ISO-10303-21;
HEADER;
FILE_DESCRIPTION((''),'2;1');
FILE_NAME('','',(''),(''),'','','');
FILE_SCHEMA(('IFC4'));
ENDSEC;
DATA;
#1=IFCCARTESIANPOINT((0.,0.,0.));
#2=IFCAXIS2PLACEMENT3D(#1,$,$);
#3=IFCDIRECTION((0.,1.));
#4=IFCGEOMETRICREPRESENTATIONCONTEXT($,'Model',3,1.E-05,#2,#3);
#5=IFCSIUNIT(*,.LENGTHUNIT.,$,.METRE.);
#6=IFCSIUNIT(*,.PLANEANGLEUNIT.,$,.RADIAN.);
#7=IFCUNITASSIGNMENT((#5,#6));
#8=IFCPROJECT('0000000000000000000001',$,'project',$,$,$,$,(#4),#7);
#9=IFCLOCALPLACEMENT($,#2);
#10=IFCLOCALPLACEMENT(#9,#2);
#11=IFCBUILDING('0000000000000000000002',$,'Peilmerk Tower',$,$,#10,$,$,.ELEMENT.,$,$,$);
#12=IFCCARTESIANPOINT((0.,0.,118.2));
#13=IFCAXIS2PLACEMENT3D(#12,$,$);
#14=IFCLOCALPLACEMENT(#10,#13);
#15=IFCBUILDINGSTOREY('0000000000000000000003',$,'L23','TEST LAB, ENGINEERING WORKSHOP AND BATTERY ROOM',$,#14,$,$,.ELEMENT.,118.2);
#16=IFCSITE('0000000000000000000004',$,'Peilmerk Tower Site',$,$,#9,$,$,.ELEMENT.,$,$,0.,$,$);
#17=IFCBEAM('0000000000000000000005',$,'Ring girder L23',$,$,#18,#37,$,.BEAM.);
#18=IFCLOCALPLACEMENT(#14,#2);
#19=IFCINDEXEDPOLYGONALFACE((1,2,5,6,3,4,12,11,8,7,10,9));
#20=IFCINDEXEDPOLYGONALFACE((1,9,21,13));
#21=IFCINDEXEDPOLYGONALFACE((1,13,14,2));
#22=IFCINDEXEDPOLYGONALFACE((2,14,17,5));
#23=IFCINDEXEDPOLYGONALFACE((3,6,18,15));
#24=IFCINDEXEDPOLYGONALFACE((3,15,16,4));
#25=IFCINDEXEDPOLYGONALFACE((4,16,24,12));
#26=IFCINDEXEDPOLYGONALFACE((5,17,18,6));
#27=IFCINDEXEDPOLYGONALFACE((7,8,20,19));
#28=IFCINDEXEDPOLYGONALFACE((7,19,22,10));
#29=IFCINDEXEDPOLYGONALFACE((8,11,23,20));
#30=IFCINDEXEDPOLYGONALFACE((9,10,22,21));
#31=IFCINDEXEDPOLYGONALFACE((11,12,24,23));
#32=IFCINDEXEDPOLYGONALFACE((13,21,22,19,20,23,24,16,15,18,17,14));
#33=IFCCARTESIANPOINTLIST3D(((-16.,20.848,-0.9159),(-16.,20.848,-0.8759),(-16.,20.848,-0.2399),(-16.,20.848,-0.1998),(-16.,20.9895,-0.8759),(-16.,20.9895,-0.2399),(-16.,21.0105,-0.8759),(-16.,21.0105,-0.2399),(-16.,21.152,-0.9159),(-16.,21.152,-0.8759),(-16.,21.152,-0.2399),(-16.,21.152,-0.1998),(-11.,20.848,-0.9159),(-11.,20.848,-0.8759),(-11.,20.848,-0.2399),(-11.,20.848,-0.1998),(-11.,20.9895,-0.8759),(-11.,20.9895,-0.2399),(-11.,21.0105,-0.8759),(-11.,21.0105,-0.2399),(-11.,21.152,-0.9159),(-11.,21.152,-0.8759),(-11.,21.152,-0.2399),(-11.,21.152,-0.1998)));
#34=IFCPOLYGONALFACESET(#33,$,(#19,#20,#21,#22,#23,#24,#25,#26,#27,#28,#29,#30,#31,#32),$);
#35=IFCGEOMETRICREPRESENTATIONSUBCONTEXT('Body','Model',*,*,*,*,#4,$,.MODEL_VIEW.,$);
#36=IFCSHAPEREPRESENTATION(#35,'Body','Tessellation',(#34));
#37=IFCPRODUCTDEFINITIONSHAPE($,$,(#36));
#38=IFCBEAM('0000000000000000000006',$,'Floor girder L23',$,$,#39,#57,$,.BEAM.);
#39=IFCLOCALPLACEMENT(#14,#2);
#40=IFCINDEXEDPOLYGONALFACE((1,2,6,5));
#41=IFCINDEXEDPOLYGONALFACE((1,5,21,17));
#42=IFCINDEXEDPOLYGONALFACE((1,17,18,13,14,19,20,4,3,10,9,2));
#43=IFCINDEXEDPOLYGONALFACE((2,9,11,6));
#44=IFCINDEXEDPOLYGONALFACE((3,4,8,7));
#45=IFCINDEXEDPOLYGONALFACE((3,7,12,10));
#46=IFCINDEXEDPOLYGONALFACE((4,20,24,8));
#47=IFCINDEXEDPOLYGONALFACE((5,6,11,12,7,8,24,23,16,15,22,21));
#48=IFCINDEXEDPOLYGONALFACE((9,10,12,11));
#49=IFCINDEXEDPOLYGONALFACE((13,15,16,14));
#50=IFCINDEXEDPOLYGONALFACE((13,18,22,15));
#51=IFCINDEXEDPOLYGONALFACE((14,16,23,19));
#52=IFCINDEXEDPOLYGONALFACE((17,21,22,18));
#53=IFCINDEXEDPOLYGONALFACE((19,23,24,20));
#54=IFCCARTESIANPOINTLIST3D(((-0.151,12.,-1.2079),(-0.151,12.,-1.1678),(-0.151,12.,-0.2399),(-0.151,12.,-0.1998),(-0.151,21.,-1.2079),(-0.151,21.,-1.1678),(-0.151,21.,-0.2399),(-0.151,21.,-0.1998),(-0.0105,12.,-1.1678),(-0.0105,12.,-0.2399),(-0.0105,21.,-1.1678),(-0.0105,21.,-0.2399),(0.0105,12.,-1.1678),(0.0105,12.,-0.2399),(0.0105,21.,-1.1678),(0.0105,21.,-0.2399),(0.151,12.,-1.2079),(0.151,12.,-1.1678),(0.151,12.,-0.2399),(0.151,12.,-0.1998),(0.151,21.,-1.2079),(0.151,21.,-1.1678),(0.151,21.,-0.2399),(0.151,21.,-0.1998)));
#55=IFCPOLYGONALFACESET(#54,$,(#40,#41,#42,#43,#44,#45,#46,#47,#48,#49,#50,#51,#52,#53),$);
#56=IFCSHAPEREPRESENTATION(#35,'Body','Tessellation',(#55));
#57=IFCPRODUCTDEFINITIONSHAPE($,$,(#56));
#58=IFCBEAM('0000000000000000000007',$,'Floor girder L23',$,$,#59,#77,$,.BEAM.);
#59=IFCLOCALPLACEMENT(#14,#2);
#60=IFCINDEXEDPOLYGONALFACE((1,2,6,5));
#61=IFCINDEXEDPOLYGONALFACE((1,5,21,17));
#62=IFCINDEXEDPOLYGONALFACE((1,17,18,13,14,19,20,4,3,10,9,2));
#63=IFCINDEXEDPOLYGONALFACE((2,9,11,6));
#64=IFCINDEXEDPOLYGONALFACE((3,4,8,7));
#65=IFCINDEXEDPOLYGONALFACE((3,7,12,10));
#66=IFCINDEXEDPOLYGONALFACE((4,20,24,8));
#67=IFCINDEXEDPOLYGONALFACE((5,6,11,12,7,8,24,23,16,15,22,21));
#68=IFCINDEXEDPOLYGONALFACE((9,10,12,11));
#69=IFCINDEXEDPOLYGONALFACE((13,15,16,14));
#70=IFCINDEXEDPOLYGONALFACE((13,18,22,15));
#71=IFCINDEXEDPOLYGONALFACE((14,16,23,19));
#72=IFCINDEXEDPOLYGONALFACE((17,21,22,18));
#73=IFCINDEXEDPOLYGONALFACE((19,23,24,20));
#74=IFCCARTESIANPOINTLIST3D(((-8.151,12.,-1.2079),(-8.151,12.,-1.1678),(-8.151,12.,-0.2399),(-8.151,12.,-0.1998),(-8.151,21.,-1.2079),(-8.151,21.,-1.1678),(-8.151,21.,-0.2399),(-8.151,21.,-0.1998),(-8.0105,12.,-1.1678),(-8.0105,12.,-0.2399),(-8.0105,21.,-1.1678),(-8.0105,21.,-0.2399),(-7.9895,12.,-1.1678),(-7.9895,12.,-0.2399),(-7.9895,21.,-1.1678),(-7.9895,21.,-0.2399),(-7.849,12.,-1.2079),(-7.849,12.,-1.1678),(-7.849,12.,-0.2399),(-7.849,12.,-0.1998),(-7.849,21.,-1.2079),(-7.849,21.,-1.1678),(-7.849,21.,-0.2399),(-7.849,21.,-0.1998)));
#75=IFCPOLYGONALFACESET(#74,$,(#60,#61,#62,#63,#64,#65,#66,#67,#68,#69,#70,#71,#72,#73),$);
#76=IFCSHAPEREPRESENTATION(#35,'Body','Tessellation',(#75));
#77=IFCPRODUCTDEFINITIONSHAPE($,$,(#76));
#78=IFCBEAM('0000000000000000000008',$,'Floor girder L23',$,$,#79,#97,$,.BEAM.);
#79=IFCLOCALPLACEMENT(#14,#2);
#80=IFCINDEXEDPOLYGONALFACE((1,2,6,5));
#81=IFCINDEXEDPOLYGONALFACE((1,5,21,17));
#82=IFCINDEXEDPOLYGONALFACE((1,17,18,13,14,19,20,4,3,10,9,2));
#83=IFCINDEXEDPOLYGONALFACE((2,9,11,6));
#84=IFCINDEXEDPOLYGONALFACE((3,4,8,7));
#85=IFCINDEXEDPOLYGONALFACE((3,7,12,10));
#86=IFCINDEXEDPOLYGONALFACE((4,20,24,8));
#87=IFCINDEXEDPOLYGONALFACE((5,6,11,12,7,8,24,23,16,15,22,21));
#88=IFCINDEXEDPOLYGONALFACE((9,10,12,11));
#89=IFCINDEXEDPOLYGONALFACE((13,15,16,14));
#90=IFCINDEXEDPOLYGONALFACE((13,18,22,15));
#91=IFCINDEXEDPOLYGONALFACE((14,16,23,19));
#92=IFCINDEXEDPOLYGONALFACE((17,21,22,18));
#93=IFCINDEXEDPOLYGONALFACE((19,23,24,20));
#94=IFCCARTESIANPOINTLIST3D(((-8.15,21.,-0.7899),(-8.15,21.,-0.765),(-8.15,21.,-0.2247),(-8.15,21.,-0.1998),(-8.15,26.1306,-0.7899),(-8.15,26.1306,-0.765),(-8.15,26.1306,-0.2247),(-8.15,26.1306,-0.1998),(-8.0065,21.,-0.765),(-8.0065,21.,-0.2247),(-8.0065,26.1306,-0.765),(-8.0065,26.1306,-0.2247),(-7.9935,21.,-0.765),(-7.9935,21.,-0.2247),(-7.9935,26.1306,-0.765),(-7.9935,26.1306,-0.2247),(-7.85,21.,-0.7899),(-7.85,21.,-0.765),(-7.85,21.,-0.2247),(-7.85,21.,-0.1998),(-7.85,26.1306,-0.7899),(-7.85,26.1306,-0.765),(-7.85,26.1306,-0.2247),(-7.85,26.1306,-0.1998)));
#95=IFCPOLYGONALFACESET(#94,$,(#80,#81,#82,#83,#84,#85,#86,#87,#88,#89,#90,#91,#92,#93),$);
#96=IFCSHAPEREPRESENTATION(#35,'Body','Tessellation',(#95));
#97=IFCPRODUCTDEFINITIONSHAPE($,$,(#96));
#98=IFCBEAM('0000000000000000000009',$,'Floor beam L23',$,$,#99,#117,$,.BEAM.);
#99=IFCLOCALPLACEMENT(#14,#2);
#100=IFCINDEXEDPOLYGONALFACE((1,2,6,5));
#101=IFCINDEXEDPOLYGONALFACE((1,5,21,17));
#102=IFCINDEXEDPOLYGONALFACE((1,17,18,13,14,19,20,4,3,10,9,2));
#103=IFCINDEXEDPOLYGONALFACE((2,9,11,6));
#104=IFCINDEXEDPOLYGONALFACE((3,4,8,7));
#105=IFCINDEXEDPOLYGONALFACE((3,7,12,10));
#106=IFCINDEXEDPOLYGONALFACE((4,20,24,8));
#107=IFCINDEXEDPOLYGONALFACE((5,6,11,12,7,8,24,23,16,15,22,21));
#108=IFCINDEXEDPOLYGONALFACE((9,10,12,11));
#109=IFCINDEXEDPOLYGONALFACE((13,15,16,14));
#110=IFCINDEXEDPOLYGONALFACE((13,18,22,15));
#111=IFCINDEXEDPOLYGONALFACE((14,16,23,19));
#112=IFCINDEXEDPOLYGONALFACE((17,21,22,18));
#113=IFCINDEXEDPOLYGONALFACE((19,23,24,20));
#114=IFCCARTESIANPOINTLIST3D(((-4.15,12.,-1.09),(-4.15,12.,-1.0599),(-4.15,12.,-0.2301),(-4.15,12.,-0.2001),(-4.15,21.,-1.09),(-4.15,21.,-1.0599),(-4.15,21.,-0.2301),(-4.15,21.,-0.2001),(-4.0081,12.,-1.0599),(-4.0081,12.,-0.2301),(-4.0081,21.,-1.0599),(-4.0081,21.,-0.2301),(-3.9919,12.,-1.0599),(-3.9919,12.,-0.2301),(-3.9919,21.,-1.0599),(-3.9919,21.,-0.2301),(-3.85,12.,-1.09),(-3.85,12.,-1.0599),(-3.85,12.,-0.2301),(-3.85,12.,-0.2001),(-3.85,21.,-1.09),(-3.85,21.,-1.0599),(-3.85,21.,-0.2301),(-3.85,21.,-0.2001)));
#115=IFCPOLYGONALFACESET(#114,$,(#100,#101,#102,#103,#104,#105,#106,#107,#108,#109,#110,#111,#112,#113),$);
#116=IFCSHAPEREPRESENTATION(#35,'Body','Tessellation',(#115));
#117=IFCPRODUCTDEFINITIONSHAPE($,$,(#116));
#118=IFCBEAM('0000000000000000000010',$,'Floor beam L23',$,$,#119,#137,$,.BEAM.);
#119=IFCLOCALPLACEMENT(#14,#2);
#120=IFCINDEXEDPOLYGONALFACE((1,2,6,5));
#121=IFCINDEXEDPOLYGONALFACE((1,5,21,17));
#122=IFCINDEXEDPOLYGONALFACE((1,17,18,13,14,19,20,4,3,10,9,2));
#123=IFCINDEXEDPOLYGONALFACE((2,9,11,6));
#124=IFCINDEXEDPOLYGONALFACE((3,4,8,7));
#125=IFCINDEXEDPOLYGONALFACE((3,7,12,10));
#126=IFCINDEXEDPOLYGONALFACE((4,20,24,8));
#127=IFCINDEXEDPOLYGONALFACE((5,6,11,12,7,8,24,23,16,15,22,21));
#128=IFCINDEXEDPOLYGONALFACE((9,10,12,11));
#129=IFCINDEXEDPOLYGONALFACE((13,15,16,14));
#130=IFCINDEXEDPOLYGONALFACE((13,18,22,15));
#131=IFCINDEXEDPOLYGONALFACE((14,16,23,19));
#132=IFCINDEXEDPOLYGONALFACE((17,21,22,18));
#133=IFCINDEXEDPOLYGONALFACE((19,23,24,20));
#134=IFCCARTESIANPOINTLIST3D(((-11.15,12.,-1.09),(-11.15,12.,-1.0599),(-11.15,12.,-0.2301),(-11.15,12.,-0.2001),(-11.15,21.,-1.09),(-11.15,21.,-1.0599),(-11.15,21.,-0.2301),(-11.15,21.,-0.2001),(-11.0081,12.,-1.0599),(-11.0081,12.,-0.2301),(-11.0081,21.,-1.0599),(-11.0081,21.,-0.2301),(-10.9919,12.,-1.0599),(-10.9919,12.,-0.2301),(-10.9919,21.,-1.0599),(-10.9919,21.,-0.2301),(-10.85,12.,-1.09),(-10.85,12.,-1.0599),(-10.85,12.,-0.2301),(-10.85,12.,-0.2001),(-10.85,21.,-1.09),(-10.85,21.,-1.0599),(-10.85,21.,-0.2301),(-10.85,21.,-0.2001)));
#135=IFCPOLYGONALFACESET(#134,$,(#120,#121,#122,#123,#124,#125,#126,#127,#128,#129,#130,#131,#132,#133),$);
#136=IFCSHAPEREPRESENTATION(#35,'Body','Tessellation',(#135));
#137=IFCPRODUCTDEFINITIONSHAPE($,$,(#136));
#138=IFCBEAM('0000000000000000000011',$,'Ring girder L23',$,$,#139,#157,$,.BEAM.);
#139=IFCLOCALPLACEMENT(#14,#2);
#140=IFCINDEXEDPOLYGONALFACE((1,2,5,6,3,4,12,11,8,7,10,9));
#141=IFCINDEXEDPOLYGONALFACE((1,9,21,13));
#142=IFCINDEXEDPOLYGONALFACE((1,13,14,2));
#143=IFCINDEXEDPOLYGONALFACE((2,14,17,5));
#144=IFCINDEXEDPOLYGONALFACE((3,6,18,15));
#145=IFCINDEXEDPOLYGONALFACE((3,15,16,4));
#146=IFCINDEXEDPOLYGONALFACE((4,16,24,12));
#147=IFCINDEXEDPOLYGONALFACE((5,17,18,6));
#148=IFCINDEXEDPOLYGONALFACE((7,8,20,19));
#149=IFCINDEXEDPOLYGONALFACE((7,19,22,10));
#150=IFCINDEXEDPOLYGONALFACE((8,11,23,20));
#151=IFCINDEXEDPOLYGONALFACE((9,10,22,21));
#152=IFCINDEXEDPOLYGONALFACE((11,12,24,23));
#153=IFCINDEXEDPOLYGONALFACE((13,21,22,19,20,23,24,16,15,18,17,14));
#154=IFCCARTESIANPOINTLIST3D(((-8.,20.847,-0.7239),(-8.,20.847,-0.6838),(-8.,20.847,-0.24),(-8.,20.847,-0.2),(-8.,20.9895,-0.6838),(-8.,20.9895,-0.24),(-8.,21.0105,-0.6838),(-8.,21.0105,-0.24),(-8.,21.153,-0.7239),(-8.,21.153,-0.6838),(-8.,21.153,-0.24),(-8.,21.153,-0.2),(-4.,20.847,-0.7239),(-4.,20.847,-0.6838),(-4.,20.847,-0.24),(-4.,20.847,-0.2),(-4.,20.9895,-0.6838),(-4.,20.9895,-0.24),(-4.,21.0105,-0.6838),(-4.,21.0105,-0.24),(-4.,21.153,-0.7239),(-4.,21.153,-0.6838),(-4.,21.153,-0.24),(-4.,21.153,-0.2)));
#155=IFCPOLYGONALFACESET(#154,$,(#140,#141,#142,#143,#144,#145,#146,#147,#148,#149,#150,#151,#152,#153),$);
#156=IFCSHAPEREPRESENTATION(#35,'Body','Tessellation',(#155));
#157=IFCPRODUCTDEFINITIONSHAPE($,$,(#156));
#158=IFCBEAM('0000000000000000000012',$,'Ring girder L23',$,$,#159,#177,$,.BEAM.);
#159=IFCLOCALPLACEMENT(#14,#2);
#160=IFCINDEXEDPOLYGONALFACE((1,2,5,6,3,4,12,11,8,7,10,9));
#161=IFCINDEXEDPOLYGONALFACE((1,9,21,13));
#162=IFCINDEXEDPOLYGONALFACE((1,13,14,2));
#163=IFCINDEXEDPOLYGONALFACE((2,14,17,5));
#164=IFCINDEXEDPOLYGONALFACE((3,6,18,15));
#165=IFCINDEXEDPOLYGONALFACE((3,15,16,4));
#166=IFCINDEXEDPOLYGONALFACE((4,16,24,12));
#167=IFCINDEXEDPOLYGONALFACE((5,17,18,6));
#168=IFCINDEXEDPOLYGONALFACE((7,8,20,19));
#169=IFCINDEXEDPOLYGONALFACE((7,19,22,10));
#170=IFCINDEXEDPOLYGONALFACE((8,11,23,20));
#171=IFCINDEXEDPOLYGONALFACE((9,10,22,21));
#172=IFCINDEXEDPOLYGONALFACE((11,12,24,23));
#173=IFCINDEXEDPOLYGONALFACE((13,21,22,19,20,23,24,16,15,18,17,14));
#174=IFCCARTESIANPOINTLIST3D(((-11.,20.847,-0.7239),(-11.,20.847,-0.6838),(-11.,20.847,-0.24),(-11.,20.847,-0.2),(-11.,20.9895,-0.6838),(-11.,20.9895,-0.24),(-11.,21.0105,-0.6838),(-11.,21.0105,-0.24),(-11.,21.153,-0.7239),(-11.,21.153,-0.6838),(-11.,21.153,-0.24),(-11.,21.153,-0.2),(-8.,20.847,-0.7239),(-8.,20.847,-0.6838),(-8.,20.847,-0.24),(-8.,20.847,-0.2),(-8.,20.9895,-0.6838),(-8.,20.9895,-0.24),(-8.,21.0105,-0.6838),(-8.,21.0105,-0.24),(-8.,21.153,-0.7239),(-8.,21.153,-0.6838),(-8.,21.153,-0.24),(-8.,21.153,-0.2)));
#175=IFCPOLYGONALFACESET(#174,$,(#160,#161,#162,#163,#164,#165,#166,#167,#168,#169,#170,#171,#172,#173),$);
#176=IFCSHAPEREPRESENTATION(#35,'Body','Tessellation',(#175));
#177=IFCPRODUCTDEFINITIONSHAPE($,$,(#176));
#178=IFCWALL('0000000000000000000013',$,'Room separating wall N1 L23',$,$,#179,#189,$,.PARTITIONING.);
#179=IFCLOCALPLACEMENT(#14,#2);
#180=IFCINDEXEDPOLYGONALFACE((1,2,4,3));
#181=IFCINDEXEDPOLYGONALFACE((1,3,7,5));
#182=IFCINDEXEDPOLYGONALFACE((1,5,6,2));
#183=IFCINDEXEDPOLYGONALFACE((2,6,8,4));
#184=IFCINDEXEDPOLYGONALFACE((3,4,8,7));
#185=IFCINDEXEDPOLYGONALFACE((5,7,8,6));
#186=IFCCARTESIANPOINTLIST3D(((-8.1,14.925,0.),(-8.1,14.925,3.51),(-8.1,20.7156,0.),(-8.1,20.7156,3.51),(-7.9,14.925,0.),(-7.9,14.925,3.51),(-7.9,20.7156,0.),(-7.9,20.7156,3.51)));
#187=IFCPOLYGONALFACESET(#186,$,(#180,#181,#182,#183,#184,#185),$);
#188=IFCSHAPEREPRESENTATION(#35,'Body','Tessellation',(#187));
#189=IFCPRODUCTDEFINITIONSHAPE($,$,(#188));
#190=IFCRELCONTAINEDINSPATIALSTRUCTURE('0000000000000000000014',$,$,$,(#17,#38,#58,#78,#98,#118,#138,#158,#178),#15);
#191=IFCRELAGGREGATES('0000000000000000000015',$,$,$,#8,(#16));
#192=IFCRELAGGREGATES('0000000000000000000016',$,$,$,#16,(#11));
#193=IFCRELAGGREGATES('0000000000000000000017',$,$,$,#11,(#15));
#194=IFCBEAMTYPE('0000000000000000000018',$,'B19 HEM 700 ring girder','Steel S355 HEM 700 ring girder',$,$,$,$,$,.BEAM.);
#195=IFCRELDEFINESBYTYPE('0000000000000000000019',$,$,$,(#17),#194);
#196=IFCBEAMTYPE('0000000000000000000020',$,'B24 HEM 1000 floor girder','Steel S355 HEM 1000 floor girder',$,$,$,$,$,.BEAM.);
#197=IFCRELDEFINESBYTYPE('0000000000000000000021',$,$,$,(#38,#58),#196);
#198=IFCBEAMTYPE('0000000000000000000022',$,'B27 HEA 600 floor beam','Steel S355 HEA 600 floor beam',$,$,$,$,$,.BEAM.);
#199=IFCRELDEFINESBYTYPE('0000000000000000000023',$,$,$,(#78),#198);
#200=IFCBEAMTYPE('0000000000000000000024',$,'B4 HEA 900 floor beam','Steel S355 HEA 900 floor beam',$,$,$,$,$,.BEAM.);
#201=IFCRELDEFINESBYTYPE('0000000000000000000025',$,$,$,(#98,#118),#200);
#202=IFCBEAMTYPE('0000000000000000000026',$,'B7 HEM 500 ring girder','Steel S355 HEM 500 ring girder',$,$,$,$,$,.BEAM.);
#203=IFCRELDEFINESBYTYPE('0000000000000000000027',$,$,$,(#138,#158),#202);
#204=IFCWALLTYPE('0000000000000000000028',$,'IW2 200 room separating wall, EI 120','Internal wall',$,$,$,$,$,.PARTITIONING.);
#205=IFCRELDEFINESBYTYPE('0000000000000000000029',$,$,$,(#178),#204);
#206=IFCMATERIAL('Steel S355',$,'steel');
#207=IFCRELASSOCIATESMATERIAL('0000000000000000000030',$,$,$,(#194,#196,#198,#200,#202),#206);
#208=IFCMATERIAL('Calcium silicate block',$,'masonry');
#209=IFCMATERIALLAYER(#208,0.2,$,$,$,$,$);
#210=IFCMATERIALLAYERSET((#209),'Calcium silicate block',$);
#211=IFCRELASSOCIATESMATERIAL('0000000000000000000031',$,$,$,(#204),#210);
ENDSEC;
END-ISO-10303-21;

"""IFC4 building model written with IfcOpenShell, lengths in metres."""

from ifc_helpers import new_model, si_unit, direction, frame, frame_2d, origin, origin_2d, place, context, subcontext, project, spatial, rectangle, i_section, extrude, material, layer, layer_set, material_profile, profile_set, type_object, element, save


model = new_model("IFC4")

# Units and contexts
model_context = context("Model", 3, precision=1e-05, world=origin(), true_north=direction((0.0, 1.0)))
body_context = subcontext(model_context, "Body", "Model", "MODEL_VIEW")
ifc_project = project(units=[si_unit("LENGTHUNIT", "METRE"), si_unit("PLANEANGLEUNIT", "RADIAN")], contexts=[model_context])

# Site, building, storey
site_placement = place(None, origin())
site = spatial("IfcSite", under=ifc_project, at=site_placement, Name="Peilmerk Tower Site", CompositionType="ELEMENT", RefElevation=0.0)
building_placement = place(site_placement, origin())
building = spatial("IfcBuilding", under=site, at=building_placement, Name="Peilmerk Tower", CompositionType="ELEMENT")
storey_placement = place(building_placement, frame((0.0, 0.0, 118.2)))
storey = spatial("IfcBuildingStorey", under=building, at=storey_placement, Name="L23", Description="TEST LAB, ENGINEERING WORKSHOP AND BATTERY ROOM", CompositionType="ELEMENT", Elevation=118.2)

# Beams
ifc_material_1 = material(Name="Steel S355", Category="steel")
ifc_material_profile_1 = material_profile(ifc_material_1, i_section(OverallWidth=0.304, OverallDepth=0.7161, WebThickness=0.021, FlangeThickness=0.04, at=origin_2d()), Name="HEM 700")
ifc_profile_set_1 = profile_set([ifc_material_profile_1], Name="Steel S355")
beam_type_1 = type_object("IfcBeamType", Name="B19 HEM 700 ring girder", Description="Steel S355 HEM 700 ring girder", PredefinedType="BEAM", material=ifc_profile_set_1)
beam_1_placement = place(storey_placement, frame((-11.0, 21.0, -0.5579), z_axis=(-1.0, 0.0, 0.0), x_axis=(0.0, -1.0, 0.0)))
element("IfcBeam", 1, at=beam_1_placement, inside=storey, type_object=beam_type_1, Name="Ring girder L23", PredefinedType="BEAM", context=body_context, shape_type="SweptSolid", body=[
    extrude(i_section(OverallWidth=0.304, OverallDepth=0.7161, WebThickness=0.021, FlangeThickness=0.04, at=origin_2d()), origin(), (0.0, 0.0, 1.0), 5.0),
])
ifc_material_profile_2 = material_profile(ifc_material_1, i_section(OverallWidth=0.302, OverallDepth=1.0081, WebThickness=0.021, FlangeThickness=0.04, at=origin_2d()), Name="HEM 1000")
ifc_profile_set_2 = profile_set([ifc_material_profile_2], Name="Steel S355")
beam_type_2 = type_object("IfcBeamType", Name="B24 HEM 1000 floor girder", Description="Steel S355 HEM 1000 floor girder", PredefinedType="BEAM", material=ifc_profile_set_2)
for number, where, z_axis, x_axis, name in (
    (2, (0.0, 12.0, -0.7039), (0.0, 1.0, 0.0), (-1.0, 0.0, 0.0), "Floor girder L23"),
    (3, (-8.0, 12.0, -0.7039), (0.0, 1.0, 0.0), (-1.0, 0.0, 0.0), "Floor girder L23"),
):
    element("IfcBeam", number, at=place(storey_placement, frame(where, z_axis=z_axis, x_axis=x_axis)), inside=storey, type_object=beam_type_2, Name=name, PredefinedType="BEAM", context=body_context, shape_type="SweptSolid", body=[
        extrude(i_section(OverallWidth=0.302, OverallDepth=1.0081, WebThickness=0.021, FlangeThickness=0.04, at=origin_2d()), origin(), (0.0, 0.0, 1.0), 9.0),
    ])
ifc_material_profile_3 = material_profile(ifc_material_1, i_section(OverallWidth=0.3, OverallDepth=0.5901, WebThickness=0.0129, FlangeThickness=0.0249, at=origin_2d()), Name="HEA 600")
ifc_profile_set_3 = profile_set([ifc_material_profile_3], Name="Steel S355")
beam_type_3 = type_object("IfcBeamType", Name="B27 HEA 600 floor beam", Description="Steel S355 HEA 600 floor beam", PredefinedType="BEAM", material=ifc_profile_set_3)
beam_2_placement = place(storey_placement, frame((-8.0, 21.0, -0.4949), z_axis=(0.0, 1.0, 0.0), x_axis=(-1.0, 0.0, 0.0)))
element("IfcBeam", 4, at=beam_2_placement, inside=storey, type_object=beam_type_3, Name="Floor girder L23", PredefinedType="BEAM", context=body_context, shape_type="SweptSolid", body=[
    extrude(i_section(OverallWidth=0.3, OverallDepth=0.5901, WebThickness=0.0129, FlangeThickness=0.0249, at=origin_2d()), origin(), (0.0, 0.0, 1.0), 5.1306),
])
ifc_material_profile_4 = material_profile(ifc_material_1, i_section(OverallWidth=0.3, OverallDepth=0.8899, WebThickness=0.0161, FlangeThickness=0.03, at=origin_2d()), Name="HEA 900")
ifc_profile_set_4 = profile_set([ifc_material_profile_4], Name="Steel S355")
beam_type_4 = type_object("IfcBeamType", Name="B4 HEA 900 floor beam", Description="Steel S355 HEA 900 floor beam", PredefinedType="BEAM", material=ifc_profile_set_4)
for number, where, z_axis, x_axis, name in (
    (5, (-4.0, 12.0, -0.645), (0.0, 1.0, 0.0), (-1.0, 0.0, 0.0), "Floor beam L23"),
    (6, (-11.0, 12.0, -0.645), (0.0, 1.0, 0.0), (-1.0, 0.0, 0.0), "Floor beam L23"),
):
    element("IfcBeam", number, at=place(storey_placement, frame(where, z_axis=z_axis, x_axis=x_axis)), inside=storey, type_object=beam_type_4, Name=name, PredefinedType="BEAM", context=body_context, shape_type="SweptSolid", body=[
        extrude(i_section(OverallWidth=0.3, OverallDepth=0.8899, WebThickness=0.0161, FlangeThickness=0.03, at=origin_2d()), origin(), (0.0, 0.0, 1.0), 9.0),
    ])
ifc_material_profile_5 = material_profile(ifc_material_1, i_section(OverallWidth=0.3059, OverallDepth=0.5239, WebThickness=0.021, FlangeThickness=0.04, at=origin_2d()), Name="HEM 500")
ifc_profile_set_5 = profile_set([ifc_material_profile_5], Name="Steel S355")
beam_type_5 = type_object("IfcBeamType", Name="B7 HEM 500 ring girder", Description="Steel S355 HEM 500 ring girder", PredefinedType="BEAM", material=ifc_profile_set_5)
beam_3_placement = place(storey_placement, frame((-4.0, 21.0, -0.4619), z_axis=(-1.0, 0.0, 0.0), x_axis=(0.0, -1.0, 0.0)))
element("IfcBeam", 7, at=beam_3_placement, inside=storey, type_object=beam_type_5, Name="Ring girder L23", PredefinedType="BEAM", context=body_context, shape_type="SweptSolid", body=[
    extrude(i_section(OverallWidth=0.3059, OverallDepth=0.5239, WebThickness=0.021, FlangeThickness=0.04, at=origin_2d()), origin(), (0.0, 0.0, 1.0), 4.0),
])
beam_4_placement = place(storey_placement, frame((-8.0, 21.0, -0.4619), z_axis=(-1.0, 0.0, 0.0), x_axis=(0.0, -1.0, 0.0)))
element("IfcBeam", 8, at=beam_4_placement, inside=storey, type_object=beam_type_5, Name="Ring girder L23", PredefinedType="BEAM", context=body_context, shape_type="SweptSolid", body=[
    extrude(i_section(OverallWidth=0.3059, OverallDepth=0.5239, WebThickness=0.021, FlangeThickness=0.04, at=origin_2d()), origin(), (0.0, 0.0, 1.0), 3.0),
])

# Wall
ifc_material_2 = material(Name="Calcium silicate block", Category="masonry")
ifc_layer = layer(ifc_material_2, 0.2)
ifc_layer_set = layer_set([ifc_layer], Name="Calcium silicate block")
wall_type = type_object("IfcWallType", Name="IW2 200 room separating wall, EI 120", Description="Internal wall", PredefinedType="PARTITIONING", material=ifc_layer_set)
wall_1_placement = place(storey_placement, frame((-8.0, 14.925, 0.0), z_axis=(0.0, 0.0, 1.0), x_axis=(0.0, 1.0, 0.0)))
element("IfcWall", 9, at=wall_1_placement, inside=storey, type_object=wall_type, Name="Room separating wall N1 L23", PredefinedType="PARTITIONING", context=body_context, shape_type="SweptSolid", body=[
    extrude(rectangle(XDim=5.7905, YDim=0.2, at=frame_2d((2.8953, 0.0))), origin(), (0.0, 0.0, 1.0), 3.51),
])

save(model, "model.ifc")
